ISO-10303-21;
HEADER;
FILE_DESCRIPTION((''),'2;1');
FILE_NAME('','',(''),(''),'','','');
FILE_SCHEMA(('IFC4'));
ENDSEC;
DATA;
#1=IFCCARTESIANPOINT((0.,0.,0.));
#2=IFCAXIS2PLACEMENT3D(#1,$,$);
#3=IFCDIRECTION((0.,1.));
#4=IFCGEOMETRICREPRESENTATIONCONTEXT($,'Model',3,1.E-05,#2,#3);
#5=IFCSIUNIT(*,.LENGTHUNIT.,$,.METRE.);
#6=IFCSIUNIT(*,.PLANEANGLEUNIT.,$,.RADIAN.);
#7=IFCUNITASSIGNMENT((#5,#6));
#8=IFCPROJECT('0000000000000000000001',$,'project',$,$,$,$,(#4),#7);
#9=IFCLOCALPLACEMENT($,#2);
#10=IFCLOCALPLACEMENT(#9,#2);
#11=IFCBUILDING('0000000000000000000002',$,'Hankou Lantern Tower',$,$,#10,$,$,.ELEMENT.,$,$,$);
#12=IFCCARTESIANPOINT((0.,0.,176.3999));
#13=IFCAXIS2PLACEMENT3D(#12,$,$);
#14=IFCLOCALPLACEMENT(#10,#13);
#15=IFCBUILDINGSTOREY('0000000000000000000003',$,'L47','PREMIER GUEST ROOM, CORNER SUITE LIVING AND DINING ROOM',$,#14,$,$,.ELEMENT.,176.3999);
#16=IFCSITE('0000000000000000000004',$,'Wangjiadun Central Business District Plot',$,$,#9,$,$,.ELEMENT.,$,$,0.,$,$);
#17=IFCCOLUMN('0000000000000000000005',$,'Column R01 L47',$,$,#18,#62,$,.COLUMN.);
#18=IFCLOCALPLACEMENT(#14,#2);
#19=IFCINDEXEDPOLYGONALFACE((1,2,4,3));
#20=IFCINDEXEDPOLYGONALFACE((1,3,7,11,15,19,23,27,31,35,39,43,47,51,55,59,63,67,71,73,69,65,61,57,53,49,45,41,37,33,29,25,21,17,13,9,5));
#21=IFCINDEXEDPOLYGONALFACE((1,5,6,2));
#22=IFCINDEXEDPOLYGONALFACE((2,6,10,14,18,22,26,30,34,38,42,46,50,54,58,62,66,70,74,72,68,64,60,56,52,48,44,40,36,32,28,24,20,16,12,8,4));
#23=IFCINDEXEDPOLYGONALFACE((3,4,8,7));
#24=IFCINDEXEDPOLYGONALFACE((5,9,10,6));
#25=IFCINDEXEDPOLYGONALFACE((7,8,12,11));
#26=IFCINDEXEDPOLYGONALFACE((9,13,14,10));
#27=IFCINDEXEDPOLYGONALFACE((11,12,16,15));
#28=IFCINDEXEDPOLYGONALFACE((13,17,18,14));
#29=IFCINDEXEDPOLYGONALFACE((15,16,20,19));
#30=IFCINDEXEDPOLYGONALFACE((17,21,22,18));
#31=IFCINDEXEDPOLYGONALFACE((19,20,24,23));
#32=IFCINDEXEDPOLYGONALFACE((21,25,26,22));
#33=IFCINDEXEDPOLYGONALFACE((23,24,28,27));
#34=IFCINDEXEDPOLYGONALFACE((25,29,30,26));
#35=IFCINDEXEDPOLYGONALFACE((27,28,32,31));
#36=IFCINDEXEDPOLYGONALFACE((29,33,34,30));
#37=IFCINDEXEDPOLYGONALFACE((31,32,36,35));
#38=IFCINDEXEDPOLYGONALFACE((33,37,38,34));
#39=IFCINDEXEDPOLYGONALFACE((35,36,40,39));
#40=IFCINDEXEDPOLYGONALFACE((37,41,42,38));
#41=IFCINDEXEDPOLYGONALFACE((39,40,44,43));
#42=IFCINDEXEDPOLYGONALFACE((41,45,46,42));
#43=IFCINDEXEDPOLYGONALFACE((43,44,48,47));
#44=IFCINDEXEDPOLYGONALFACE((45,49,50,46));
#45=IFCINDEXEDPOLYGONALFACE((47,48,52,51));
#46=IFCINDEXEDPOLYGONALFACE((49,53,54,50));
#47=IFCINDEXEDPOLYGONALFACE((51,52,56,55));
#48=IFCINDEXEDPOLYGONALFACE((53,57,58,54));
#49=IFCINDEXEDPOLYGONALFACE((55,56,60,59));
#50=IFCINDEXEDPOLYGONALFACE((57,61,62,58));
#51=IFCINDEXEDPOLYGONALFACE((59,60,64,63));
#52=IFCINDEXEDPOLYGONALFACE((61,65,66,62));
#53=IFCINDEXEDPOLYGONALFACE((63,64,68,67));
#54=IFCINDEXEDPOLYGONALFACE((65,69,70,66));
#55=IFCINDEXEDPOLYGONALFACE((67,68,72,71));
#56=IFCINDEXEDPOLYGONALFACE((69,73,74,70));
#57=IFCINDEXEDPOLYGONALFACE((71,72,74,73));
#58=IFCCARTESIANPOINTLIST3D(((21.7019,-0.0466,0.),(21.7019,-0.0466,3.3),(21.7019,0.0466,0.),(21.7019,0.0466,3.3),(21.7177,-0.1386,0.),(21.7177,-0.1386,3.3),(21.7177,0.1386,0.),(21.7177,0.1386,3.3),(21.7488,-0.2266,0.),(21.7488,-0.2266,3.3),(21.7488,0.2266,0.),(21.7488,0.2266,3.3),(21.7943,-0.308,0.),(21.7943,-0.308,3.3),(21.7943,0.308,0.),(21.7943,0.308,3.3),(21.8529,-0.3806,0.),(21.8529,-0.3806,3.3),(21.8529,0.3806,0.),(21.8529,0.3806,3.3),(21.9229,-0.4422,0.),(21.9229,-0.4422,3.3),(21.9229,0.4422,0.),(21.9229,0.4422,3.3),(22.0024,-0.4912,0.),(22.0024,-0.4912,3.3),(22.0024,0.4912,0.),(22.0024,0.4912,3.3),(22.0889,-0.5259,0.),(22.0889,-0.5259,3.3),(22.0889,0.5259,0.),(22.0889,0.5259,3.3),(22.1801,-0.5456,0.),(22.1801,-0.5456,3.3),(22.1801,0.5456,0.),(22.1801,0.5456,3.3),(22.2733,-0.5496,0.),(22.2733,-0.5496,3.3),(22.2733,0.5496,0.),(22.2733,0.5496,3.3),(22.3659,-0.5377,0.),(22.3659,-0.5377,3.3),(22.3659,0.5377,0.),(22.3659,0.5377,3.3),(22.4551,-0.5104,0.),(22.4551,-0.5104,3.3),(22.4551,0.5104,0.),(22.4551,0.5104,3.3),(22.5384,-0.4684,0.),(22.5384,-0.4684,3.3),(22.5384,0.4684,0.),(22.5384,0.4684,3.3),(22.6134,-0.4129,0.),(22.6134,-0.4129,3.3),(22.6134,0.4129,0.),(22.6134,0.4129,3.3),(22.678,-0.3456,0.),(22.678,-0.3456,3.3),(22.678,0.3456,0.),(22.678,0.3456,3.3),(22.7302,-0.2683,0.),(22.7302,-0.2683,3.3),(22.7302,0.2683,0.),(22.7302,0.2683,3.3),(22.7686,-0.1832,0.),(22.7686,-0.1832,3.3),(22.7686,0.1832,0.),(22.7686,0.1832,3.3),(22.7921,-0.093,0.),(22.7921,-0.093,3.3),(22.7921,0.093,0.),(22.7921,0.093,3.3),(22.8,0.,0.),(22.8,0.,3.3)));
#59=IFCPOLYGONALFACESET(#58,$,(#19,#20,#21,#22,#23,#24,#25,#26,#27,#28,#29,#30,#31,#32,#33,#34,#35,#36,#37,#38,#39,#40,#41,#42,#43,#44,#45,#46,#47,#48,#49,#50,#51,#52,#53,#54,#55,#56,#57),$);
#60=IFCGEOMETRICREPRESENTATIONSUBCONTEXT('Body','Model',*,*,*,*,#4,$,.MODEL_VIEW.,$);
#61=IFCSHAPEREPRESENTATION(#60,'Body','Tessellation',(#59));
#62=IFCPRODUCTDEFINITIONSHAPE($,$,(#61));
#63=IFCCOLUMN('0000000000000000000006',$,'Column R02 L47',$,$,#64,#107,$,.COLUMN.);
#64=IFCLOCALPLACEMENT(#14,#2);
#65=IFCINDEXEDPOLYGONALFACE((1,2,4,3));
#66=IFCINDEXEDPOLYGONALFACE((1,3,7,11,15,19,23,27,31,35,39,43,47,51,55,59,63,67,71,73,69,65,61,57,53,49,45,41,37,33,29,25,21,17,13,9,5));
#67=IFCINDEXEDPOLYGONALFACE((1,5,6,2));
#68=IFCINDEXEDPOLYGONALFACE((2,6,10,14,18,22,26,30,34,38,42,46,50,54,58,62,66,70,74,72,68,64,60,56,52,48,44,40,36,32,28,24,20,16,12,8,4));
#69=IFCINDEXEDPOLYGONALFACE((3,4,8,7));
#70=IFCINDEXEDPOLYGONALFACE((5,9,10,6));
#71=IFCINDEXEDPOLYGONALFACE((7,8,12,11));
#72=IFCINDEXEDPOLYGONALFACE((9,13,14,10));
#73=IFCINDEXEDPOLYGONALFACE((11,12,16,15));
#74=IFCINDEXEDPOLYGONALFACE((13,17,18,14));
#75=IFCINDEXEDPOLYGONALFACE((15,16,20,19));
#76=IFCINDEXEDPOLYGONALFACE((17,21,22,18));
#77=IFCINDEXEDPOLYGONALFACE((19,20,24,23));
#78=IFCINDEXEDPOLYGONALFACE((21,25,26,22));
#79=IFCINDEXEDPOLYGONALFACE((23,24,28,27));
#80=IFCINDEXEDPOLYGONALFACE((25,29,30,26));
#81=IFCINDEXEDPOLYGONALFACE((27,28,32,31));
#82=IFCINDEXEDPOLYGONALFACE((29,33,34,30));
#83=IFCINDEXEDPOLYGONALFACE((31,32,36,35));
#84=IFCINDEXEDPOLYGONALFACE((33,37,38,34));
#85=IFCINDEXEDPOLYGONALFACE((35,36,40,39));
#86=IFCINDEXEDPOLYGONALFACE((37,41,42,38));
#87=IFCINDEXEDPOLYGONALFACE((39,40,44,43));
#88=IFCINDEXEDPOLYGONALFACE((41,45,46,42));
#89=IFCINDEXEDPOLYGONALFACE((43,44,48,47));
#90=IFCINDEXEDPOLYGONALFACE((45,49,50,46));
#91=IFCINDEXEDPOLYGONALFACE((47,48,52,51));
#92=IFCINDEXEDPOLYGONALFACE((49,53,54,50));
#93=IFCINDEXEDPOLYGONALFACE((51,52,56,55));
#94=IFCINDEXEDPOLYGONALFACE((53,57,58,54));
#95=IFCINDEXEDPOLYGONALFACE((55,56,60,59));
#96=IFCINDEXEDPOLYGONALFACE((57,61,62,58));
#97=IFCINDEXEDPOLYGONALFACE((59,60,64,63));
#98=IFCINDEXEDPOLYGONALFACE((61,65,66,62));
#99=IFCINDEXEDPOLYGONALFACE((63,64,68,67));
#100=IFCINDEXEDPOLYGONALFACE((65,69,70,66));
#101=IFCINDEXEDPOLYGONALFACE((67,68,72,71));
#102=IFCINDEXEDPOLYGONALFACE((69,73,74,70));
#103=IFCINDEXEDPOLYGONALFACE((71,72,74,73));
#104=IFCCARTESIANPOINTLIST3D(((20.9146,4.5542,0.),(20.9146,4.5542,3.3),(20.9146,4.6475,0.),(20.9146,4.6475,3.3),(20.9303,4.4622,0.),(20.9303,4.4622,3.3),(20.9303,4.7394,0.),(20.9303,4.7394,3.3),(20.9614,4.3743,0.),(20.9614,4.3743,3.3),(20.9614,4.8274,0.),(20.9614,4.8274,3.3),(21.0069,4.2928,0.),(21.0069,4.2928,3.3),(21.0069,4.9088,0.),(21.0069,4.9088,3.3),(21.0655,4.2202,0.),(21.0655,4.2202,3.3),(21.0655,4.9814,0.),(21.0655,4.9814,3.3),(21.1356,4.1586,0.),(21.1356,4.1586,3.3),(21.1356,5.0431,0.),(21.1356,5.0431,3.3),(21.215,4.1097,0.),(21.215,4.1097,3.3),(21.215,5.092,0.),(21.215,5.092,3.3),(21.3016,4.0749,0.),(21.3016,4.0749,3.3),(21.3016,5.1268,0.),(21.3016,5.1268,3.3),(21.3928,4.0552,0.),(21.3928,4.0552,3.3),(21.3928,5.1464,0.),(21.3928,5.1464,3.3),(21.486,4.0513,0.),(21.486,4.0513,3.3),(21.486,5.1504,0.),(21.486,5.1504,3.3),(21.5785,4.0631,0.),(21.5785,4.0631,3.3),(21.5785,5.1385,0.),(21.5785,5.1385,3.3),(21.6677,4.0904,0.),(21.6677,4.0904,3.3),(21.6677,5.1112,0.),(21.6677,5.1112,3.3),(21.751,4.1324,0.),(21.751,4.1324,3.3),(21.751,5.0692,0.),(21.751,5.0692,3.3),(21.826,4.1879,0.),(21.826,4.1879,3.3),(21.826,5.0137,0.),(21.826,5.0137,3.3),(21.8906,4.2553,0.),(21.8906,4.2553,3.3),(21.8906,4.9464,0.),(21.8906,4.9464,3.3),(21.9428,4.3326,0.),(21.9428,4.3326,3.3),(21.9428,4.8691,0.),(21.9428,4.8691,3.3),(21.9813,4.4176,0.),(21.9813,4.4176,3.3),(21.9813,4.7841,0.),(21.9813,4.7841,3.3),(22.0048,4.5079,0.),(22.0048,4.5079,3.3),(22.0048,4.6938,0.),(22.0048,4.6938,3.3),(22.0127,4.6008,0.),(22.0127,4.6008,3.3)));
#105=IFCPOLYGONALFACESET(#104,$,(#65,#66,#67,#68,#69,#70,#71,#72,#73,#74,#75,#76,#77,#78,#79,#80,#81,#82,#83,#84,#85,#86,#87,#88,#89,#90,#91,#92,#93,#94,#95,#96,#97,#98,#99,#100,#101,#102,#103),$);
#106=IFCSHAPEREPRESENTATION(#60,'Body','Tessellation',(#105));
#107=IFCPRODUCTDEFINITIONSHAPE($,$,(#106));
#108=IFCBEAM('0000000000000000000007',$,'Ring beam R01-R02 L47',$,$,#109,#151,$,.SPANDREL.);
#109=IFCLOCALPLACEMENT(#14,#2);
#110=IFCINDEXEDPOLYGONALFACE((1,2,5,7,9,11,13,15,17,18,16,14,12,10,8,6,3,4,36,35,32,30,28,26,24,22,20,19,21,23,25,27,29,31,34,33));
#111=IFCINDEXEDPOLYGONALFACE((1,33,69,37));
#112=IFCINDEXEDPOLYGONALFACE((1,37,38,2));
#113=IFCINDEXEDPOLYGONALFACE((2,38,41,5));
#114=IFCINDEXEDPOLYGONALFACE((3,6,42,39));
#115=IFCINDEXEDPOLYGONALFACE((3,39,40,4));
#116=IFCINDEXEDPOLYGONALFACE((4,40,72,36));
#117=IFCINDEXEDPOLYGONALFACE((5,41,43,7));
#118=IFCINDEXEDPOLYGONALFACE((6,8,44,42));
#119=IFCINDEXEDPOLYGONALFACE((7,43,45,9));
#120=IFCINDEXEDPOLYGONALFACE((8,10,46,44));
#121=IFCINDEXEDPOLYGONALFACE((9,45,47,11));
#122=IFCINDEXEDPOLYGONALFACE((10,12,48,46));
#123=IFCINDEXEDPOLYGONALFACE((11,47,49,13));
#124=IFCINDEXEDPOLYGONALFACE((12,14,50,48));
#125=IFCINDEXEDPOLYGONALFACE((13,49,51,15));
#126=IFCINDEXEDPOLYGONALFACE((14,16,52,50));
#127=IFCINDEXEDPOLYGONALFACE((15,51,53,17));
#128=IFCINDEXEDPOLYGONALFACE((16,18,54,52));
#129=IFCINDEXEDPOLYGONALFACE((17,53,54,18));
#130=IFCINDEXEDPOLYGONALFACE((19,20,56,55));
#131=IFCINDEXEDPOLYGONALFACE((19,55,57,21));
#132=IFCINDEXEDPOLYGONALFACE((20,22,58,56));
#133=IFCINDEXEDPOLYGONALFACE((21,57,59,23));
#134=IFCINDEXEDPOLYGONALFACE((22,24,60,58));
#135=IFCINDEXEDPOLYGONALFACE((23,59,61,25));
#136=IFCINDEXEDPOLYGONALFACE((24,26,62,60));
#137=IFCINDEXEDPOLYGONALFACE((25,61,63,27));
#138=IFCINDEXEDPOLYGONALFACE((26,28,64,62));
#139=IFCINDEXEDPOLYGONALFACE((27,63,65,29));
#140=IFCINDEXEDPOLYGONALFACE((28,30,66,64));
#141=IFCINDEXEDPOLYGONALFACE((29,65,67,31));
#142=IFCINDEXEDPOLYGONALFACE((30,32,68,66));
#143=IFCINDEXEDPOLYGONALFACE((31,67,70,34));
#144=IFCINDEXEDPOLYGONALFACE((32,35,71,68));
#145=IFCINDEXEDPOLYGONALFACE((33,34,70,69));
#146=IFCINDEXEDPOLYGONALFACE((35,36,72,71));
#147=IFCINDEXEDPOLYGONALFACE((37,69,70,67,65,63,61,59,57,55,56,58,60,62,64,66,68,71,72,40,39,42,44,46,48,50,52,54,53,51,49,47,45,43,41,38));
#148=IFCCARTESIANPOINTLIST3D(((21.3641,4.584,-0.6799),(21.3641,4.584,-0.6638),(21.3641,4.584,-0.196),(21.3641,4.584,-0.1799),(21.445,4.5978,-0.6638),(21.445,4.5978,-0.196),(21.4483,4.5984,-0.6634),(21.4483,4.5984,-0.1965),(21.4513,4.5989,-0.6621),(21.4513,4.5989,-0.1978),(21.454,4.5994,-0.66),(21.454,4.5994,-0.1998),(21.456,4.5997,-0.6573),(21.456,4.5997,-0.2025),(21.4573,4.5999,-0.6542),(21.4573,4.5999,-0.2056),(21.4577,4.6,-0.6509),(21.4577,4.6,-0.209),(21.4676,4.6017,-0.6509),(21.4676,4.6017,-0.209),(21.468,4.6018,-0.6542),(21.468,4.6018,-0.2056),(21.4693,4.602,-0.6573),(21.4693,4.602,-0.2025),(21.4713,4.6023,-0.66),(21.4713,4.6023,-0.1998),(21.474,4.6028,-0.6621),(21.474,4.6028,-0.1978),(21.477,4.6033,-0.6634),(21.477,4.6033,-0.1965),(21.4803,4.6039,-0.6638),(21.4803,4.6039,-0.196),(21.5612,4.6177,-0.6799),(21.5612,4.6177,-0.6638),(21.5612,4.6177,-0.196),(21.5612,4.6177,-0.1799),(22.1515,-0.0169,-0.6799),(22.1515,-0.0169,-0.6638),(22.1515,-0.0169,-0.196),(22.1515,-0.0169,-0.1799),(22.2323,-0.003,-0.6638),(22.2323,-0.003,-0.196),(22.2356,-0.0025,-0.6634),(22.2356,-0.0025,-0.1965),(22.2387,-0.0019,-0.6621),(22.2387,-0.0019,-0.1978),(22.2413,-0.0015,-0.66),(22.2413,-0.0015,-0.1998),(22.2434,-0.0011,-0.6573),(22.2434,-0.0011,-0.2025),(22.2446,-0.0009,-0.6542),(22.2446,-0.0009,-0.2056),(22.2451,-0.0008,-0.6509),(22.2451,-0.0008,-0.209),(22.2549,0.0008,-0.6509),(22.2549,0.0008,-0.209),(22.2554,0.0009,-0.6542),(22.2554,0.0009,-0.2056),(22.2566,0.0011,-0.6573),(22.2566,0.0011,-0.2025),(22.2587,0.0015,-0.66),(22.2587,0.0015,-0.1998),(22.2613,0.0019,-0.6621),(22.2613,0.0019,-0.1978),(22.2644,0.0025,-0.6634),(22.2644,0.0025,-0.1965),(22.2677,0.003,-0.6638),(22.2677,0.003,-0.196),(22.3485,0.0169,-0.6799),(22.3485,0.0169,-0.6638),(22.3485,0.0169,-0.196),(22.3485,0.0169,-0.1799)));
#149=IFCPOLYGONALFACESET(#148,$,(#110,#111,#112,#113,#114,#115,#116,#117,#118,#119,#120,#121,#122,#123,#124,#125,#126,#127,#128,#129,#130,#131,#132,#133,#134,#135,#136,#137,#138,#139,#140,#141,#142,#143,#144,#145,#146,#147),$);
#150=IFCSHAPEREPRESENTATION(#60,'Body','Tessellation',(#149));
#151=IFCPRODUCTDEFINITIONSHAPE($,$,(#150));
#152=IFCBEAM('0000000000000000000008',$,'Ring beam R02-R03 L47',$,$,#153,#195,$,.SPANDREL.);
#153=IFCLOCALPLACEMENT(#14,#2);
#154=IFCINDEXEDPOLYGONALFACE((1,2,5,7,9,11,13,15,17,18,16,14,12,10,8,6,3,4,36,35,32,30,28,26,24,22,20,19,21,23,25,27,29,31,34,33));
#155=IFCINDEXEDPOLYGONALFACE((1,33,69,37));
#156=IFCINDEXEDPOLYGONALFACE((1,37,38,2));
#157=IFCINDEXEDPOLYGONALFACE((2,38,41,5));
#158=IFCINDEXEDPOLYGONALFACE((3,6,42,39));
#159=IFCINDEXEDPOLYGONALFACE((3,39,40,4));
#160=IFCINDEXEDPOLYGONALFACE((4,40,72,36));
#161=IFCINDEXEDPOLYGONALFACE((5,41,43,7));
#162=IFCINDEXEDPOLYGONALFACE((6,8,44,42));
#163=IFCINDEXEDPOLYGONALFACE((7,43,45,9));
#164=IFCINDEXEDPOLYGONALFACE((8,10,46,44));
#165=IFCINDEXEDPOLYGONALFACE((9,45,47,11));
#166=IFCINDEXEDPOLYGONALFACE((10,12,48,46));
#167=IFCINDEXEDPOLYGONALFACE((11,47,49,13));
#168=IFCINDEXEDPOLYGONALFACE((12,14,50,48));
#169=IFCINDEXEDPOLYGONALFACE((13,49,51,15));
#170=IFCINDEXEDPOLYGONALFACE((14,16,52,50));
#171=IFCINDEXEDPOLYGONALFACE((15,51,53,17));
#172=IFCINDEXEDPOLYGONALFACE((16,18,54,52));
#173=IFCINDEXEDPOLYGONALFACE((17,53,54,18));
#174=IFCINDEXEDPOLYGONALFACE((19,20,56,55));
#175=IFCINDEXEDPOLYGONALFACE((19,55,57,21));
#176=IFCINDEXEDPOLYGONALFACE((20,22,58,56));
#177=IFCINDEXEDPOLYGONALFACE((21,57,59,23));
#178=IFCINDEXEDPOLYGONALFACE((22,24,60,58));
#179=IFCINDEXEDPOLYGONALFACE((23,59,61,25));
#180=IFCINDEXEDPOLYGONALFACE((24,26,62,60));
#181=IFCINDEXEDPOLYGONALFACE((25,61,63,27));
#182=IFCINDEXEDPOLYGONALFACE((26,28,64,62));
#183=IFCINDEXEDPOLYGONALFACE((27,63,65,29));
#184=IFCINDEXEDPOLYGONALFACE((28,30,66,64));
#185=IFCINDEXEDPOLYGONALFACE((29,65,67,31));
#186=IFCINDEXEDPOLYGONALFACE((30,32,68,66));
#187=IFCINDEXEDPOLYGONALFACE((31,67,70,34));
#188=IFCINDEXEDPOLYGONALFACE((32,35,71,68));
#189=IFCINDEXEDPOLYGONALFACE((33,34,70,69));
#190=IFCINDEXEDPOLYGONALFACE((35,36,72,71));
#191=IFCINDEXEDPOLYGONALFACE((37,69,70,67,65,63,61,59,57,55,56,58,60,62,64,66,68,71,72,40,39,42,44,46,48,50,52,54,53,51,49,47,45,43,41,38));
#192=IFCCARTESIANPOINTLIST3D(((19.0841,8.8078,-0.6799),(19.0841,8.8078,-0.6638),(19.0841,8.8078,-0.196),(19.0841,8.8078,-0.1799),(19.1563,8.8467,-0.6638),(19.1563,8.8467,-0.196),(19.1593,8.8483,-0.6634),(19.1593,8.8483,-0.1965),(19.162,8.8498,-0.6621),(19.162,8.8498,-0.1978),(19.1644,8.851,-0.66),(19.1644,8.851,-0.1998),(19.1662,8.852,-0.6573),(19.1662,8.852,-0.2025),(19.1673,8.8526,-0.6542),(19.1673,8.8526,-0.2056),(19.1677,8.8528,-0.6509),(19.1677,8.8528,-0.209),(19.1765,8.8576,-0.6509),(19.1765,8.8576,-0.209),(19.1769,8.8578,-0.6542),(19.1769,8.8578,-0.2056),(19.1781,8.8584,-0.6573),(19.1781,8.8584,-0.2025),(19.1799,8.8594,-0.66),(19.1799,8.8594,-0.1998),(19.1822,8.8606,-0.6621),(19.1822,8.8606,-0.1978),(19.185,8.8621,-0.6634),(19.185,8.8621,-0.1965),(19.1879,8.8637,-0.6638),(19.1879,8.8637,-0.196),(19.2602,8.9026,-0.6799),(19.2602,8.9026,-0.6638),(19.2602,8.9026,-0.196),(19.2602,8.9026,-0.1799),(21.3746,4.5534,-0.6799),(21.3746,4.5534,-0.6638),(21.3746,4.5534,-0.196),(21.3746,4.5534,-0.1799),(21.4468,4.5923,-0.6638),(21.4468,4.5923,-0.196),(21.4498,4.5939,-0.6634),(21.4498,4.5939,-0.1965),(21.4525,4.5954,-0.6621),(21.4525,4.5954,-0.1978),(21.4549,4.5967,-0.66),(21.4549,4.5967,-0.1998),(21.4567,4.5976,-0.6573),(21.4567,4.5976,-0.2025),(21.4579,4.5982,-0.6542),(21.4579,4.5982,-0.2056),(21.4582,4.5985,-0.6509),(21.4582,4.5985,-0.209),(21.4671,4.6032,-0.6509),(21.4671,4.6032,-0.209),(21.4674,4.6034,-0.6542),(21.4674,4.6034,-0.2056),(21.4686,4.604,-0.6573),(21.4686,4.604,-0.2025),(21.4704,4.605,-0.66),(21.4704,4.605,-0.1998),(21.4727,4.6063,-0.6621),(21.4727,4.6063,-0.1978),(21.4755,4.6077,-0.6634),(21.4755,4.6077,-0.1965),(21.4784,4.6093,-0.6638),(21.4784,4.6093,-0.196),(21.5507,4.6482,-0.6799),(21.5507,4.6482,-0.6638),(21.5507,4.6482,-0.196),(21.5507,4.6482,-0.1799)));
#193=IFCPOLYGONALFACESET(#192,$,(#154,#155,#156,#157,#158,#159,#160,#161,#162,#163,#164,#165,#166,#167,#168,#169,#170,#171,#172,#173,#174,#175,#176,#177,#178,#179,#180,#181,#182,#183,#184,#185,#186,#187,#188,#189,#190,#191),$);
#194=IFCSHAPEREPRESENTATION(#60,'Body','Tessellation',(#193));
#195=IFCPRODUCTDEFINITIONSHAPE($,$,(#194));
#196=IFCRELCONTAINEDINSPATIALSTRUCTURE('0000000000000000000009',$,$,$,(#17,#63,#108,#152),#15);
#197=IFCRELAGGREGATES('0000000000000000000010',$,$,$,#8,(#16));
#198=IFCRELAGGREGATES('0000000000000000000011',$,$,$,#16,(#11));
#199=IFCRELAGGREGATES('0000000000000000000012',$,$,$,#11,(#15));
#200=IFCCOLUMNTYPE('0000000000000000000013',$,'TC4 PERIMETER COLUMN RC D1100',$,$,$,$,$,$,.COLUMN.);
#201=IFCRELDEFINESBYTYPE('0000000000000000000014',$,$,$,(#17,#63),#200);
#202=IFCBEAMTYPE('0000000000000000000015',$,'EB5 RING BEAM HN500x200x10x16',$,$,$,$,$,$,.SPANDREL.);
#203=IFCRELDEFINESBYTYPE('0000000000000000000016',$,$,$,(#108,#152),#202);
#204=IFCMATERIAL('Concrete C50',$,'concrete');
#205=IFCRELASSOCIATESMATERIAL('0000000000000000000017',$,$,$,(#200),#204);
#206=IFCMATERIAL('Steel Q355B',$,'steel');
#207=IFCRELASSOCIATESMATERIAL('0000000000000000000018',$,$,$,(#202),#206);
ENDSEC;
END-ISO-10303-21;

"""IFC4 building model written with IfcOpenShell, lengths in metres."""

from ifc_helpers import new_model, si_unit, direction, frame, origin, origin_2d, place, context, subcontext, project, spatial, circle, i_section, extrude, material, material_profile, profile_set, type_object, element, save


model = new_model("IFC4")

# Units and contexts
model_context = context("Model", 3, precision=1e-05, world=origin(), true_north=direction((0.0, 1.0)))
body_context = subcontext(model_context, "Body", "Model", "MODEL_VIEW")
ifc_project = project(units=[si_unit("LENGTHUNIT", "METRE"), si_unit("PLANEANGLEUNIT", "RADIAN")], contexts=[model_context])

# Site, building, storey
site_placement = place(None, origin())
site = spatial("IfcSite", under=ifc_project, at=site_placement, Name="Wangjiadun Central Business District Plot", CompositionType="ELEMENT", RefElevation=0.0)
building_placement = place(site_placement, origin())
building = spatial("IfcBuilding", under=site, at=building_placement, Name="Hankou Lantern Tower", CompositionType="ELEMENT")
storey_placement = place(building_placement, frame((0.0, 0.0, 176.3999)))
storey = spatial("IfcBuildingStorey", under=building, at=storey_placement, Name="L47", Description="PREMIER GUEST ROOM, CORNER SUITE LIVING AND DINING ROOM", CompositionType="ELEMENT", Elevation=176.3999)

# Columns
ifc_material_1 = material(Name="Concrete C50", Category="concrete")
ifc_material_profile_1 = material_profile(ifc_material_1, circle(Radius=0.55, at=origin_2d()), Name="RC D1100")
ifc_profile_set_1 = profile_set([ifc_material_profile_1], Name="Concrete C50")
column_type = type_object("IfcColumnType", Name="TC4 PERIMETER COLUMN RC D1100", PredefinedType="COLUMN", material=ifc_profile_set_1)
for number, where, z_axis, x_axis, name in (
    (1, (22.25, 0.0, 0.0), (0.0, 0.0, 1.0), (1.0, 0.0, 0.0), "Column R01 L47"),
    (2, (21.4626, 4.6008, 0.0), (0.0, 0.0, 1.0), (1.0, 0.0, 0.0), "Column R02 L47"),
):
    element("IfcColumn", number, at=place(storey_placement, frame(where, z_axis=z_axis, x_axis=x_axis)), inside=storey, type_object=column_type, Name=name, PredefinedType="COLUMN", context=body_context, shape_type="SweptSolid", body=[
        extrude(circle(Radius=0.55, at=origin_2d()), origin(), (0.0, 0.0, 1.0), 3.3),
    ])

# Beams
ifc_material_2 = material(Name="Steel Q355B", Category="steel")
ifc_material_profile_2 = material_profile(ifc_material_2, i_section(OverallWidth=0.2, OverallDepth=0.5, WebThickness=0.01, FlangeThickness=0.0161, FilletRadius=0.0129, at=origin_2d()), Name="HN500x200x10x16")
ifc_profile_set_2 = profile_set([ifc_material_profile_2], Name="Steel Q355B")
beam_type_1 = type_object("IfcBeamType", Name="EB5 RING BEAM HN500x200x10x16", PredefinedType="SPANDREL", material=ifc_profile_set_2)
beam_1_placement = place(storey_placement, frame((22.25, 0.0, -0.4299), z_axis=(-0.168681, 0.985671, 0.0), x_axis=(-0.985671, -0.168681, 0.0)))
element("IfcBeam", 3, at=beam_1_placement, inside=storey, type_object=beam_type_1, Name="Ring beam R01-R02 L47", PredefinedType="SPANDREL", context=body_context, shape_type="SweptSolid", body=[
    extrude(i_section(OverallWidth=0.2, OverallDepth=0.5, WebThickness=0.01, FlangeThickness=0.0161, FilletRadius=0.0129, at=origin_2d()), origin(), (0.0, 0.0, 1.0), 4.6677),
])
beam_2_placement = place(storey_placement, frame((21.4626, 4.6008, -0.4299), z_axis=(-0.474052, 0.880497, 0.0), x_axis=(-0.880497, -0.474052, 0.0)))
element("IfcBeam", 4, at=beam_2_placement, inside=storey, type_object=beam_type_1, Name="Ring beam R02-R03 L47", PredefinedType="SPANDREL", context=body_context, shape_type="SweptSolid", body=[
    extrude(i_section(OverallWidth=0.2, OverallDepth=0.5, WebThickness=0.01, FlangeThickness=0.0161, FilletRadius=0.0129, at=origin_2d()), origin(), (0.0, 0.0, 1.0), 4.8318),
])

save(model, "model.ifc")
